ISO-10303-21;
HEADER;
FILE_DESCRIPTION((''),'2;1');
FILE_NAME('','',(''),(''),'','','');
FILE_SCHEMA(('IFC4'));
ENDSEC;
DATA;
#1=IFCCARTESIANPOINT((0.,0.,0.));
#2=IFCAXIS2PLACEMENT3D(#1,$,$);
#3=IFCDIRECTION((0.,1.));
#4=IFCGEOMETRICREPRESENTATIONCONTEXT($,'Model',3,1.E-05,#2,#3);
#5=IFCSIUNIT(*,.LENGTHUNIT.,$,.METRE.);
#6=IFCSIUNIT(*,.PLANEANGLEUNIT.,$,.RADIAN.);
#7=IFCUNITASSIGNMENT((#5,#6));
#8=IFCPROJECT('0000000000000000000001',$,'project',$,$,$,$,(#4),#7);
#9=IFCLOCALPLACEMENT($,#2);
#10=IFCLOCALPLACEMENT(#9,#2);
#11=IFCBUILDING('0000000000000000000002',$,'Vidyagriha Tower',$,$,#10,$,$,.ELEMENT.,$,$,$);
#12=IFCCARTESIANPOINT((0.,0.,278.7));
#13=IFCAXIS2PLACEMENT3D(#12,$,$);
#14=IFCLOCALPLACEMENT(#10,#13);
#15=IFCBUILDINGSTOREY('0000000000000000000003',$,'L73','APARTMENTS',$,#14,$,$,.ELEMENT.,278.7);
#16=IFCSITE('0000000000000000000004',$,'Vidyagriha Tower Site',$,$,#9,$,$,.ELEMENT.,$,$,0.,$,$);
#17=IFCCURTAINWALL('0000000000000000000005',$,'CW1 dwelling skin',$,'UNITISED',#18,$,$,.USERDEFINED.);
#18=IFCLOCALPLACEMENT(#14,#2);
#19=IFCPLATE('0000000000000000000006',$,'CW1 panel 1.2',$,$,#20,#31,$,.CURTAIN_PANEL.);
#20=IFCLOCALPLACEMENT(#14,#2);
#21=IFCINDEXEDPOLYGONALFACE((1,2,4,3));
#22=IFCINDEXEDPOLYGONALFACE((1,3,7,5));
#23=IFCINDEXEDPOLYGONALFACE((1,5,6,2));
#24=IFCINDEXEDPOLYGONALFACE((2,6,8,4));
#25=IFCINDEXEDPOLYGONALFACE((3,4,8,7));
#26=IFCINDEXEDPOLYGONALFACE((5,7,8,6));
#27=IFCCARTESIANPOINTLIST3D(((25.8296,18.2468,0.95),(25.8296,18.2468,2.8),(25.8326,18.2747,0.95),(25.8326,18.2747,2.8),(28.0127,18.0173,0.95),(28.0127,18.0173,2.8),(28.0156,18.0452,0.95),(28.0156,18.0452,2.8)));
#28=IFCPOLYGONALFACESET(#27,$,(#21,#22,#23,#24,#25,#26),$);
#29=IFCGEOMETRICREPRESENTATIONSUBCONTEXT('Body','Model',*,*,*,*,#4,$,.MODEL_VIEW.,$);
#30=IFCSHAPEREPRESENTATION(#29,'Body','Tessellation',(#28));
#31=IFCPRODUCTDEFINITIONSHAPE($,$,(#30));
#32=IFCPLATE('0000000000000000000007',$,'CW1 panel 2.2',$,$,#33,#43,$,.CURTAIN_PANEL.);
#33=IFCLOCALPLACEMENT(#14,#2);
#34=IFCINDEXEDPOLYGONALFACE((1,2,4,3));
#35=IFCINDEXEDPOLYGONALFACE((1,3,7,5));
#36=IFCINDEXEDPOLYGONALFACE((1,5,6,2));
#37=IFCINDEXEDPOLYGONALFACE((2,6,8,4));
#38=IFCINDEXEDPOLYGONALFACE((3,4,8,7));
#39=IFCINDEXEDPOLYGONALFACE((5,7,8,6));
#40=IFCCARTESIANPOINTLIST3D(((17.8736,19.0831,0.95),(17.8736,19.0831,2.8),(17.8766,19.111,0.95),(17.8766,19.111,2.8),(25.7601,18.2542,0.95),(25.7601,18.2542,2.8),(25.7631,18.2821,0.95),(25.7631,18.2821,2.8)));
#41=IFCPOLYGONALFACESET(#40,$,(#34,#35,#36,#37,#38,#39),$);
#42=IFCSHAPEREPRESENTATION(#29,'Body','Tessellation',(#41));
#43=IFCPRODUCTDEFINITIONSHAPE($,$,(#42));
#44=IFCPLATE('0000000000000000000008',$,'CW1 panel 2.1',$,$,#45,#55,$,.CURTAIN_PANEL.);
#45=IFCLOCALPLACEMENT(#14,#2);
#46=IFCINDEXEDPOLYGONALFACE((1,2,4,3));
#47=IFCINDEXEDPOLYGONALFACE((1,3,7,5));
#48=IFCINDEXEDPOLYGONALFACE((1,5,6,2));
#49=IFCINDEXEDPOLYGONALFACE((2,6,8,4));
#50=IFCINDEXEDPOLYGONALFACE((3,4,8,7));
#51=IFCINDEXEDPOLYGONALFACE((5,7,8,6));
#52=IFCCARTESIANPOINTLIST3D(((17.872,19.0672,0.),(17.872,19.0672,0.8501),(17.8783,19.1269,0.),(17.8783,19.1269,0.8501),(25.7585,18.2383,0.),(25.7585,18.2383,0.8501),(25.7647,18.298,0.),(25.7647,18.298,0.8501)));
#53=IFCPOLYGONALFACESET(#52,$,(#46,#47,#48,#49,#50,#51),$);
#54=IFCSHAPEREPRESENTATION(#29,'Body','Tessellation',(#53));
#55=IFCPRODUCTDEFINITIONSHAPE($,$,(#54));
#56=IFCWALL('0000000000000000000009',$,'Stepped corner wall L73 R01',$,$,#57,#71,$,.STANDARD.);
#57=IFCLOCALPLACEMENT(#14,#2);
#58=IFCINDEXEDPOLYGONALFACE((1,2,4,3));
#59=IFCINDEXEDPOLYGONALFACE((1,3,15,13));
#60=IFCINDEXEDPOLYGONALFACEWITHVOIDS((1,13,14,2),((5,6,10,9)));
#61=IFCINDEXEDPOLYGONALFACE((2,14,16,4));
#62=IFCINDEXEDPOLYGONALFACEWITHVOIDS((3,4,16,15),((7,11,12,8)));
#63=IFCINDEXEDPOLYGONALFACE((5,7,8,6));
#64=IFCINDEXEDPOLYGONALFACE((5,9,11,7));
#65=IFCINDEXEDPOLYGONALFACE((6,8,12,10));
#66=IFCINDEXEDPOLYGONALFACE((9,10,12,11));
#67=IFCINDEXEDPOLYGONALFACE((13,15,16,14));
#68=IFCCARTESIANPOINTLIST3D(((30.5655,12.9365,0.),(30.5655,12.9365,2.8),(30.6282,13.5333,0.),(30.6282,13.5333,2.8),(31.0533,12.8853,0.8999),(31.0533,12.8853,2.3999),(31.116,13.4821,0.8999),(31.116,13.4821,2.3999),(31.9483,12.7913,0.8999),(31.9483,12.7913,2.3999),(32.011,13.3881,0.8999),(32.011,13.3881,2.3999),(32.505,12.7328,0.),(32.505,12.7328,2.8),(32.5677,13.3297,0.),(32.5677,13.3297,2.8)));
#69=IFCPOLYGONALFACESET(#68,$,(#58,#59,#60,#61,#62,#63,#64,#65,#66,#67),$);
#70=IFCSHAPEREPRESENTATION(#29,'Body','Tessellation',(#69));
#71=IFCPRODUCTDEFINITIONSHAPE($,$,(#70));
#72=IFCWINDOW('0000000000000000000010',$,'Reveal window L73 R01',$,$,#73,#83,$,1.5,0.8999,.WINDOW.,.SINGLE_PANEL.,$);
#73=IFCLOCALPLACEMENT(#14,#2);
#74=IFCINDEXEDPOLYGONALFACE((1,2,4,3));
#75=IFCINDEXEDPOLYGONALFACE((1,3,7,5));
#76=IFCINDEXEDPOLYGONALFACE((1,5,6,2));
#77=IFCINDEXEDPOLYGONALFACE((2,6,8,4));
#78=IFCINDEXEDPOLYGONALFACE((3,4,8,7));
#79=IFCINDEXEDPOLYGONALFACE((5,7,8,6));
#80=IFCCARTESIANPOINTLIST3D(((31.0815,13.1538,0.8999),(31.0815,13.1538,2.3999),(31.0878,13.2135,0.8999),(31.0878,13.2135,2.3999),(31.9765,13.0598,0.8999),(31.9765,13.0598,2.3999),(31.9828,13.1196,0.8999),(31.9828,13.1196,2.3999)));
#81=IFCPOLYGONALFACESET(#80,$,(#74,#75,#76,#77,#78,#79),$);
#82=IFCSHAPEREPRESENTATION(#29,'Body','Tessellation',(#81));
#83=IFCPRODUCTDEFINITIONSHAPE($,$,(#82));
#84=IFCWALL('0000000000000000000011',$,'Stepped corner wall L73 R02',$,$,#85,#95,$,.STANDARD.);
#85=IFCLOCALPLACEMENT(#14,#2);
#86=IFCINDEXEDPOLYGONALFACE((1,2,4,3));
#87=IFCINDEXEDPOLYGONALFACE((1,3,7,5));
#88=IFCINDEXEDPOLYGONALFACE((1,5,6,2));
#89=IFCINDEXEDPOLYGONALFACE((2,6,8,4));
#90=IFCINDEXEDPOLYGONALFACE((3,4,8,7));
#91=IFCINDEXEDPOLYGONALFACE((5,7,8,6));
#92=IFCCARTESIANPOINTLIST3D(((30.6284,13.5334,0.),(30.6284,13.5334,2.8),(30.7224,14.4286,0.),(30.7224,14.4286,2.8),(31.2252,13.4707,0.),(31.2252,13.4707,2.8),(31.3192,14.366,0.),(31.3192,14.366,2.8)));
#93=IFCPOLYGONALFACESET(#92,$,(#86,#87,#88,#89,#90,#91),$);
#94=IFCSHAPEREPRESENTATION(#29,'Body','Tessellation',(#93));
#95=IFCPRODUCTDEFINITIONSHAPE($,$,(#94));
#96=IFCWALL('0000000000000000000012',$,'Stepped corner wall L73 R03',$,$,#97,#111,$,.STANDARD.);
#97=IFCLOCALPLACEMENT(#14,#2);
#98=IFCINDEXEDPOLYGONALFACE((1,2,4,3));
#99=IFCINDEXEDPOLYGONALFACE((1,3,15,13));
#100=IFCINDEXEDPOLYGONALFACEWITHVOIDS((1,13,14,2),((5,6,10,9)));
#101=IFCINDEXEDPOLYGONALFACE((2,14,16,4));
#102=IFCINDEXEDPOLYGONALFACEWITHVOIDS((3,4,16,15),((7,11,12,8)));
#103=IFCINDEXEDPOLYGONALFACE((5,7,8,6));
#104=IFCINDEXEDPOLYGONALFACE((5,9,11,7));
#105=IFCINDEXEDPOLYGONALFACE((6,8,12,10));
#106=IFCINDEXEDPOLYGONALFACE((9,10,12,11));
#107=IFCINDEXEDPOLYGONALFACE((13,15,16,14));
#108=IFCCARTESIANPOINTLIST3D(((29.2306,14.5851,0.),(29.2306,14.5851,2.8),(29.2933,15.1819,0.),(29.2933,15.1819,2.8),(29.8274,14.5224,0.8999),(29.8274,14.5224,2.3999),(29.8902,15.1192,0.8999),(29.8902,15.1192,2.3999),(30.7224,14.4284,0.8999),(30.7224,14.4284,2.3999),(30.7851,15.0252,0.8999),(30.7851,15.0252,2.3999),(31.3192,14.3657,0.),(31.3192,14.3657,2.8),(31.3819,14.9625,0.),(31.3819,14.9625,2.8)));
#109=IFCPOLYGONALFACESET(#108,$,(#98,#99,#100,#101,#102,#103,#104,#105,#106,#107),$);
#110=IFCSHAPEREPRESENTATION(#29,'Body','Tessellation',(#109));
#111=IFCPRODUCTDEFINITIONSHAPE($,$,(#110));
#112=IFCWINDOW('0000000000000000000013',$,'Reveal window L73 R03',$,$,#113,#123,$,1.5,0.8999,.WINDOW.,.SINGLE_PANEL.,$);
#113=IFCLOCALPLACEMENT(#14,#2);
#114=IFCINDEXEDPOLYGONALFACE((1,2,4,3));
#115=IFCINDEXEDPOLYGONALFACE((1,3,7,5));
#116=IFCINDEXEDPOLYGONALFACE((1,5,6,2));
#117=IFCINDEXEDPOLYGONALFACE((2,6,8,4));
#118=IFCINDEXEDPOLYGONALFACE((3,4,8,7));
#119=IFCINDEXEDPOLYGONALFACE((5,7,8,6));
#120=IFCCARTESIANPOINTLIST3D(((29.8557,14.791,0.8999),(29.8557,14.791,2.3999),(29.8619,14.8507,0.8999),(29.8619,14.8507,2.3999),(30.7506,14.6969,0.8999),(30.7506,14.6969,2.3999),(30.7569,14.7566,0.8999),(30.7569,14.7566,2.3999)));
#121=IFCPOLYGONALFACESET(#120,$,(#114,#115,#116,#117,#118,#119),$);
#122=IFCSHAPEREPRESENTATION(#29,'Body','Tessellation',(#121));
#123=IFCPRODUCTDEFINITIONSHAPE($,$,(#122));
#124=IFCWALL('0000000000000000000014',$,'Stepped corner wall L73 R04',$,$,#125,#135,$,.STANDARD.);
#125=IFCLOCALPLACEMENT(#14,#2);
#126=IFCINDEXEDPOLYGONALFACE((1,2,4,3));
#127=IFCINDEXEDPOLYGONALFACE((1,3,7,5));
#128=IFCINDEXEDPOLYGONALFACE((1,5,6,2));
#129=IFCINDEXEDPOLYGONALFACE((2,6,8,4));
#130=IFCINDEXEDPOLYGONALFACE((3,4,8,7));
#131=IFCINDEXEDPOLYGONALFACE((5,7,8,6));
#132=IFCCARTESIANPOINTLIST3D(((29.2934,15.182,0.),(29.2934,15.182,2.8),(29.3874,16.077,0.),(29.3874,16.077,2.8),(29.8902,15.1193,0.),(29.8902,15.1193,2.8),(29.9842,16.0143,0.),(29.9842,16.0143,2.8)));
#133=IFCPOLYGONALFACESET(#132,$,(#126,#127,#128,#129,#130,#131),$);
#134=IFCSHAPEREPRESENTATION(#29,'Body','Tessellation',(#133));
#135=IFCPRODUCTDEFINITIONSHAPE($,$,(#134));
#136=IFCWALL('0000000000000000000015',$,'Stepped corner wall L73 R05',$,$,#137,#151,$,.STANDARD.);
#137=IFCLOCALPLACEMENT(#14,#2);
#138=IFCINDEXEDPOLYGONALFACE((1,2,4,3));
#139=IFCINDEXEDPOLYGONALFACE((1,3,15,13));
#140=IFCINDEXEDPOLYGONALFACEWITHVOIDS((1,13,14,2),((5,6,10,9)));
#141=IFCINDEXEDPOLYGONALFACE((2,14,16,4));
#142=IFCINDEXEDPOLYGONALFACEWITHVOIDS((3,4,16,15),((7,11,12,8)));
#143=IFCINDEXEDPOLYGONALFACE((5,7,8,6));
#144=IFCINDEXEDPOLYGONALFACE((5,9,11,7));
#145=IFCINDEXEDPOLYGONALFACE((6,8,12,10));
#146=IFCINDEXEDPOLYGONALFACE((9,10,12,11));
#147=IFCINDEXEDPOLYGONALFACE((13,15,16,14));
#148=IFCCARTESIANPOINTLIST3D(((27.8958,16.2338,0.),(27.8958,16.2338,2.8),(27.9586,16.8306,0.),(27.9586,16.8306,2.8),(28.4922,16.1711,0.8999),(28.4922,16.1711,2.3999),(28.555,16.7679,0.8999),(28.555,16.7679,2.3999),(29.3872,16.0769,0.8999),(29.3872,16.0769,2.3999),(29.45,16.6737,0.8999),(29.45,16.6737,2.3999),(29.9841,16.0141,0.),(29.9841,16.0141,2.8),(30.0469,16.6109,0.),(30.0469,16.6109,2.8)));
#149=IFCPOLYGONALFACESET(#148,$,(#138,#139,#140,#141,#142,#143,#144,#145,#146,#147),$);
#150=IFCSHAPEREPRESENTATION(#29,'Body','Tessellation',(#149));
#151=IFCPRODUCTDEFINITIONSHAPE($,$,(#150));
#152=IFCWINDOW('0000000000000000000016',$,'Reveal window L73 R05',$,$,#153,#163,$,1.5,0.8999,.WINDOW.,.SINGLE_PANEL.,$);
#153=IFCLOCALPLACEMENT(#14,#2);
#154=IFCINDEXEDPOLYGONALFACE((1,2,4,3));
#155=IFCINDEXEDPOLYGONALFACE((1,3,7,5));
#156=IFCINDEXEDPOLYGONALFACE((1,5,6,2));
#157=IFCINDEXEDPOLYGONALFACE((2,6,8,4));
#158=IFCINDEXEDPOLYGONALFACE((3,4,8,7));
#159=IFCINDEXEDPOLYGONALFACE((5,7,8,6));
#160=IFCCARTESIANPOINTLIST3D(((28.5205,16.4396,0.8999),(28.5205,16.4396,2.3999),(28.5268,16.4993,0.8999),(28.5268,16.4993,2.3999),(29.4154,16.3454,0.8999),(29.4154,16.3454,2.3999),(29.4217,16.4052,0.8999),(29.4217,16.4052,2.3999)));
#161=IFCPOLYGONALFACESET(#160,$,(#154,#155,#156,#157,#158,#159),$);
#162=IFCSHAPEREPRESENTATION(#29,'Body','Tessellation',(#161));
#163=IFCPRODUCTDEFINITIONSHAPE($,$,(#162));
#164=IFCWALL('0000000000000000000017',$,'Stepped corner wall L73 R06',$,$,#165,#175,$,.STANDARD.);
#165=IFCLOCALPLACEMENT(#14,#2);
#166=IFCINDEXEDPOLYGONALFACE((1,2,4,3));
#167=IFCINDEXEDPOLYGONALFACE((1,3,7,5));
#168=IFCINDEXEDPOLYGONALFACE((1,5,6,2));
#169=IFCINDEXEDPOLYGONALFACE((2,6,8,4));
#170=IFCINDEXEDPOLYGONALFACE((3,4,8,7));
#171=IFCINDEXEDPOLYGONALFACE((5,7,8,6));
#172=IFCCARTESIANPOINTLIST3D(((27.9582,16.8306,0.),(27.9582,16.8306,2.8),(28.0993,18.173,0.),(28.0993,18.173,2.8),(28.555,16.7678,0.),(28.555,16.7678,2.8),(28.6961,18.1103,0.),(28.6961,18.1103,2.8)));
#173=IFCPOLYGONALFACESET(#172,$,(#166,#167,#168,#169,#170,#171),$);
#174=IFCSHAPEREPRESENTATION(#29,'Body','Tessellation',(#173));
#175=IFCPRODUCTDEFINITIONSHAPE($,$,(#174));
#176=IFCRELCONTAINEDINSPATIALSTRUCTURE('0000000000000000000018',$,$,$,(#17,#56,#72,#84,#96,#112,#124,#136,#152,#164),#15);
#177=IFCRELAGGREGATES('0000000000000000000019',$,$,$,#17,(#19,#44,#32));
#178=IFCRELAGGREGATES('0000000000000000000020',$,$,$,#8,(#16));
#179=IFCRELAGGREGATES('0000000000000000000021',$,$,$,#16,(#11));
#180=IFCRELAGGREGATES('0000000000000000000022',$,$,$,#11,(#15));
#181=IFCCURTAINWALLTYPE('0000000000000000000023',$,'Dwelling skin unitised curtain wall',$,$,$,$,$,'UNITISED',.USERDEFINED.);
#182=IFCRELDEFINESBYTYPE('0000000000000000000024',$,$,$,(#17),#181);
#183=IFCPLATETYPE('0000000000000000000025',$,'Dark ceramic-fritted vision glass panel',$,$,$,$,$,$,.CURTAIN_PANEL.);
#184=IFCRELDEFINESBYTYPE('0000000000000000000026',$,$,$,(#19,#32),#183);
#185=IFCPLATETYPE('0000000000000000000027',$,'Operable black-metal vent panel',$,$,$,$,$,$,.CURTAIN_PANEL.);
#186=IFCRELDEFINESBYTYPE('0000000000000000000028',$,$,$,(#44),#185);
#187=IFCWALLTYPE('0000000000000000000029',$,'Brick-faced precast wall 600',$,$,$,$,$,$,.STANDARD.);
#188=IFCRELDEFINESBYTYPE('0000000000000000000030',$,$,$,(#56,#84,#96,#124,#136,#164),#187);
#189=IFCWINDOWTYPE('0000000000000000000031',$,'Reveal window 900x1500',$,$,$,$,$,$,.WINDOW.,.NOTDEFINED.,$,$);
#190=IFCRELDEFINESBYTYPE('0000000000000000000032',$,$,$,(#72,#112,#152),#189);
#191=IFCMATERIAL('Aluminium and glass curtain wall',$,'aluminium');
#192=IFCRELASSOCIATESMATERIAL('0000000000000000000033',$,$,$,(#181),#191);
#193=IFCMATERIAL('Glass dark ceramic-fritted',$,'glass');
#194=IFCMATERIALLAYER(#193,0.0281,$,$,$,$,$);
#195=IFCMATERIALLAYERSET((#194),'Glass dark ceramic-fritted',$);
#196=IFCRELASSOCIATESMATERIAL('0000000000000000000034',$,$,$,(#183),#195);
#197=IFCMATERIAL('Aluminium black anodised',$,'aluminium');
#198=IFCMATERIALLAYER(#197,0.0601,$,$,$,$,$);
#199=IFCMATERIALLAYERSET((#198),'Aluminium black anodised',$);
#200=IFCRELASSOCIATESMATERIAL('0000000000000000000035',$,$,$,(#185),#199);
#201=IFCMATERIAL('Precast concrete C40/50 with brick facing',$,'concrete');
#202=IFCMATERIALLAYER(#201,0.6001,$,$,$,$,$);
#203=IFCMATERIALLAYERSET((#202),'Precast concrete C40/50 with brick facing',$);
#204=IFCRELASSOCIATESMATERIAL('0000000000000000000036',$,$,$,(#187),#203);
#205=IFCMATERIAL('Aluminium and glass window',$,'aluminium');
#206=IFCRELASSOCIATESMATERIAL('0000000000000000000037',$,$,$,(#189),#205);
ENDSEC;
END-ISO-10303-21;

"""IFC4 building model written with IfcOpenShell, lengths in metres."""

from ifc_helpers import new_model, si_unit, direction, frame, frame_2d, origin, origin_2d, place, context, subcontext, project, spatial, rectangle, extrude, material, layer, layer_set, type_object, element, fill, aggregate, save


model = new_model("IFC4")

# Units and contexts
model_context = context("Model", 3, precision=1e-05, world=origin(), true_north=direction((0.0, 1.0)))
body_context = subcontext(model_context, "Body", "Model", "MODEL_VIEW")
ifc_project = project(units=[si_unit("LENGTHUNIT", "METRE"), si_unit("PLANEANGLEUNIT", "RADIAN")], contexts=[model_context])

# Site, building, storey
site_placement = place(None, origin())
site = spatial("IfcSite", under=ifc_project, at=site_placement, Name="Vidyagriha Tower Site", CompositionType="ELEMENT", RefElevation=0.0)
building_placement = place(site_placement, origin())
building = spatial("IfcBuilding", under=site, at=building_placement, Name="Vidyagriha Tower", CompositionType="ELEMENT")
storey_placement = place(building_placement, frame((0.0, 0.0, 278.7)))
storey = spatial("IfcBuildingStorey", under=building, at=storey_placement, Name="L73", Description="APARTMENTS", CompositionType="ELEMENT", Elevation=278.7)

# Curtain wall, plates
ifc_material_1 = material(Name="Aluminium and glass curtain wall", Category="aluminium")
curtain_wall_type = type_object("IfcCurtainWallType", Name="Dwelling skin unitised curtain wall", ElementType="UNITISED", PredefinedType="USERDEFINED", material=ifc_material_1)
curtain_wall_placement = place(storey_placement, origin())
curtain_wall = element("IfcCurtainWall", 1, at=curtain_wall_placement, inside=storey, type_object=curtain_wall_type, Name="CW1 dwelling skin", ObjectType="UNITISED", PredefinedType="USERDEFINED")
ifc_material_2 = material(Name="Glass dark ceramic-fritted", Category="glass")
ifc_layer_1 = layer(ifc_material_2, 0.0281)
ifc_layer_set_1 = layer_set([ifc_layer_1], Name="Glass dark ceramic-fritted")
plate_type_1 = type_object("IfcPlateType", Name="Dark ceramic-fritted vision glass panel", PredefinedType="CURTAIN_PANEL", material=ifc_layer_set_1)
plate_1_placement = place(storey_placement, frame((26.9226, 18.146, 0.95), z_axis=(0.0, 0.0, 1.0), x_axis=(-0.994522, 0.104529, 0.0)))
plate_1 = element("IfcPlate", 2, at=plate_1_placement, type_object=plate_type_1, Name="CW1 panel 1.2", PredefinedType="CURTAIN_PANEL", context=body_context, shape_type="SweptSolid", body=[
    extrude(rectangle(XDim=2.1951, YDim=0.0281, at=origin_2d()), origin(), (0.0, 0.0, 1.0), 1.8501),
])
plate_2_placement = place(storey_placement, frame((21.8184, 18.6826, 0.95), z_axis=(0.0, 0.0, 1.0), x_axis=(-0.994522, 0.104529, 0.0)))
plate_2 = element("IfcPlate", 3, at=plate_2_placement, type_object=plate_type_1, Name="CW1 panel 2.2", PredefinedType="CURTAIN_PANEL", context=body_context, shape_type="SweptSolid", body=[
    extrude(rectangle(XDim=7.9299, YDim=0.0281, at=origin_2d()), origin(), (0.0, 0.0, 1.0), 1.8501),
])
ifc_material_3 = material(Name="Aluminium black anodised", Category="aluminium")
ifc_layer_2 = layer(ifc_material_3, 0.0601)
ifc_layer_set_2 = layer_set([ifc_layer_2], Name="Aluminium black anodised")
plate_type_2 = type_object("IfcPlateType", Name="Operable black-metal vent panel", PredefinedType="CURTAIN_PANEL", material=ifc_layer_set_2)
plate_3_placement = place(storey_placement, frame((21.8184, 18.6826, 0.0), z_axis=(0.0, 0.0, 1.0), x_axis=(-0.994522, 0.104529, 0.0)))
plate_3 = element("IfcPlate", 4, at=plate_3_placement, type_object=plate_type_2, Name="CW1 panel 2.1", PredefinedType="CURTAIN_PANEL", context=body_context, shape_type="SweptSolid", body=[
    extrude(rectangle(XDim=7.9299, YDim=0.0601, at=origin_2d()), origin(), (0.0, 0.0, 1.0), 0.8501),
])
aggregate(curtain_wall, [plate_1, plate_3, plate_2])

# Wall, opening, window
ifc_material_4 = material(Name="Precast concrete C40/50 with brick facing", Category="concrete")
ifc_layer_3 = layer(ifc_material_4, 0.6001)
ifc_layer_set_3 = layer_set([ifc_layer_3], Name="Precast concrete C40/50 with brick facing")
wall_type_1 = type_object("IfcWallType", Name="Brick-faced precast wall 600", PredefinedType="STANDARD", material=ifc_layer_set_3)
wall_1_placement = place(storey_placement, frame((32.5364, 13.0312, 0.0), z_axis=(0.0, 0.0, 1.0), x_axis=(-0.994534, 0.104411, 0.0)))
wall_1 = element("IfcWall", 5, at=wall_1_placement, inside=storey, type_object=wall_type_1, Name="Stepped corner wall L73 R01", PredefinedType="STANDARD", context=body_context, shape_type="SweptSolid", body=[
    extrude(rectangle(XDim=1.9502, YDim=0.6001, at=frame_2d((0.9751, 0.0))), origin(), (0.0, 0.0, 1.0), 2.8),
])
opening_1_placement = place(wall_1_placement, frame((0.5598, 0.0, 0.8999)))
opening_1 = element("IfcOpeningElement", 6, at=opening_1_placement, cuts=wall_1, PredefinedType="OPENING", context=body_context, shape_type="SweptSolid", body=[
    extrude(rectangle(XDim=0.8999, YDim=1.5, at=frame_2d((0.45, 0.75))), frame((0.0, 0.3101, 0.0), z_axis=(0.0, -1.0, 0.0), x_axis=(1.0, 0.0, 0.0)), (0.0, 0.0, 1.0), 0.6201),
])
ifc_material_5 = material(Name="Aluminium and glass window", Category="aluminium")
window_type = type_object("IfcWindowType", Name="Reveal window 900x1500", PartitioningType="NOTDEFINED", PredefinedType="WINDOW", material=ifc_material_5)
window_1_placement = place(opening_1_placement, origin())
window_1 = element("IfcWindow", 7, at=window_1_placement, inside=storey, type_object=window_type, Name="Reveal window L73 R01", OverallHeight=1.5, OverallWidth=0.8999, PartitioningType="SINGLE_PANEL", PredefinedType="WINDOW", context=body_context, shape_type="SweptSolid", body=[
    extrude(rectangle(XDim=0.8999, YDim=1.5, at=frame_2d((0.45, 0.75))), frame((0.0, 0.03, 0.0), z_axis=(0.0, -1.0, 0.0), x_axis=(1.0, 0.0, 0.0)), (0.0, 0.0, 1.0), 0.0601),
])
fill(opening_1, window_1)

# Wall
wall_2_placement = place(storey_placement, frame((30.9268, 13.502, 0.0), z_axis=(0.0, 0.0, 1.0), x_axis=(0.104417, 0.994534, 0.0)))
element("IfcWall", 8, at=wall_2_placement, inside=storey, type_object=wall_type_1, Name="Stepped corner wall L73 R02", PredefinedType="STANDARD", context=body_context, shape_type="SweptSolid", body=[
    extrude(rectangle(XDim=0.9001, YDim=0.6001, at=frame_2d((0.4502, 0.0))), origin(), (0.0, 0.0, 1.0), 2.8),
])

# Wall, opening, window
wall_3_placement = place(storey_placement, frame((31.3506, 14.6641, 0.0), z_axis=(0.0, 0.0, 1.0), x_axis=(-0.994524, 0.104509, 0.0)))
wall_3 = element("IfcWall", 9, at=wall_3_placement, inside=storey, type_object=wall_type_1, Name="Stepped corner wall L73 R03", PredefinedType="STANDARD", context=body_context, shape_type="SweptSolid", body=[
    extrude(rectangle(XDim=2.1001, YDim=0.6001, at=frame_2d((1.05, 0.0))), origin(), (0.0, 0.0, 1.0), 2.8),
])
opening_2_placement = place(wall_3_placement, frame((0.6001, 0.0, 0.8999)))
opening_2 = element("IfcOpeningElement", 10, at=opening_2_placement, cuts=wall_3, PredefinedType="OPENING", context=body_context, shape_type="SweptSolid", body=[
    extrude(rectangle(XDim=0.8999, YDim=1.5, at=frame_2d((0.45, 0.75))), frame((0.0, 0.3101, 0.0), z_axis=(0.0, -1.0, 0.0), x_axis=(1.0, 0.0, 0.0)), (0.0, 0.0, 1.0), 0.6201),
])
window_2_placement = place(opening_2_placement, origin())
window_2 = element("IfcWindow", 11, at=window_2_placement, inside=storey, type_object=window_type, Name="Reveal window L73 R03", OverallHeight=1.5, OverallWidth=0.8999, PartitioningType="SINGLE_PANEL", PredefinedType="WINDOW", context=body_context, shape_type="SweptSolid", body=[
    extrude(rectangle(XDim=0.8999, YDim=1.5, at=frame_2d((0.45, 0.75))), frame((0.0, 0.03, 0.0), z_axis=(0.0, -1.0, 0.0), x_axis=(1.0, 0.0, 0.0)), (0.0, 0.0, 1.0), 0.0601),
])
fill(opening_2, window_2)

# Wall
wall_4_placement = place(storey_placement, frame((29.5918, 15.1506, 0.0), z_axis=(0.0, 0.0, 1.0), x_axis=(0.104445, 0.994531, 0.0)))
element("IfcWall", 12, at=wall_4_placement, inside=storey, type_object=wall_type_1, Name="Stepped corner wall L73 R04", PredefinedType="STANDARD", context=body_context, shape_type="SweptSolid", body=[
    extrude(rectangle(XDim=0.8999, YDim=0.6001, at=frame_2d((0.45, 0.0))), origin(), (0.0, 0.0, 1.0), 2.8),
])

# Wall, opening, window
wall_5_placement = place(storey_placement, frame((30.0154, 16.3125, 0.0), z_axis=(0.0, 0.0, 1.0), x_axis=(-0.994511, 0.104636, 0.0)))
wall_5 = element("IfcWall", 13, at=wall_5_placement, inside=storey, type_object=wall_type_1, Name="Stepped corner wall L73 R05", PredefinedType="STANDARD", context=body_context, shape_type="SweptSolid", body=[
    extrude(rectangle(XDim=2.0999, YDim=0.6001, at=frame_2d((1.0498, 0.0))), origin(), (0.0, 0.0, 1.0), 2.8),
])
opening_3_placement = place(wall_5_placement, frame((0.6001, 0.0, 0.8999)))
opening_3 = element("IfcOpeningElement", 14, at=opening_3_placement, cuts=wall_5, PredefinedType="OPENING", context=body_context, shape_type="SweptSolid", body=[
    extrude(rectangle(XDim=0.8999, YDim=1.5, at=frame_2d((0.45, 0.75))), frame((0.0, 0.3101, 0.0), z_axis=(0.0, -1.0, 0.0), x_axis=(1.0, 0.0, 0.0)), (0.0, 0.0, 1.0), 0.6201),
])
window_3_placement = place(opening_3_placement, origin())
window_3 = element("IfcWindow", 15, at=window_3_placement, inside=storey, type_object=window_type, Name="Reveal window L73 R05", OverallHeight=1.5, OverallWidth=0.8999, PartitioningType="SINGLE_PANEL", PredefinedType="WINDOW", context=body_context, shape_type="SweptSolid", body=[
    extrude(rectangle(XDim=0.8999, YDim=1.5, at=frame_2d((0.45, 0.75))), frame((0.0, 0.03, 0.0), z_axis=(0.0, -1.0, 0.0), x_axis=(1.0, 0.0, 0.0)), (0.0, 0.0, 1.0), 0.0601),
])
fill(opening_3, window_3)

# Wall
wall_6_placement = place(storey_placement, frame((28.2566, 16.7993, 0.0), z_axis=(0.0, 0.0, 1.0), x_axis=(0.104534, 0.994521, 0.0)))
element("IfcWall", 16, at=wall_6_placement, inside=storey, type_object=wall_type_1, Name="Stepped corner wall L73 R06", PredefinedType="STANDARD", context=body_context, shape_type="SweptSolid", body=[
    extrude(rectangle(XDim=1.3499, YDim=0.6001, at=frame_2d((0.6748, 0.0))), origin(), (0.0, 0.0, 1.0), 2.8),
])

save(model, "model.ifc")
